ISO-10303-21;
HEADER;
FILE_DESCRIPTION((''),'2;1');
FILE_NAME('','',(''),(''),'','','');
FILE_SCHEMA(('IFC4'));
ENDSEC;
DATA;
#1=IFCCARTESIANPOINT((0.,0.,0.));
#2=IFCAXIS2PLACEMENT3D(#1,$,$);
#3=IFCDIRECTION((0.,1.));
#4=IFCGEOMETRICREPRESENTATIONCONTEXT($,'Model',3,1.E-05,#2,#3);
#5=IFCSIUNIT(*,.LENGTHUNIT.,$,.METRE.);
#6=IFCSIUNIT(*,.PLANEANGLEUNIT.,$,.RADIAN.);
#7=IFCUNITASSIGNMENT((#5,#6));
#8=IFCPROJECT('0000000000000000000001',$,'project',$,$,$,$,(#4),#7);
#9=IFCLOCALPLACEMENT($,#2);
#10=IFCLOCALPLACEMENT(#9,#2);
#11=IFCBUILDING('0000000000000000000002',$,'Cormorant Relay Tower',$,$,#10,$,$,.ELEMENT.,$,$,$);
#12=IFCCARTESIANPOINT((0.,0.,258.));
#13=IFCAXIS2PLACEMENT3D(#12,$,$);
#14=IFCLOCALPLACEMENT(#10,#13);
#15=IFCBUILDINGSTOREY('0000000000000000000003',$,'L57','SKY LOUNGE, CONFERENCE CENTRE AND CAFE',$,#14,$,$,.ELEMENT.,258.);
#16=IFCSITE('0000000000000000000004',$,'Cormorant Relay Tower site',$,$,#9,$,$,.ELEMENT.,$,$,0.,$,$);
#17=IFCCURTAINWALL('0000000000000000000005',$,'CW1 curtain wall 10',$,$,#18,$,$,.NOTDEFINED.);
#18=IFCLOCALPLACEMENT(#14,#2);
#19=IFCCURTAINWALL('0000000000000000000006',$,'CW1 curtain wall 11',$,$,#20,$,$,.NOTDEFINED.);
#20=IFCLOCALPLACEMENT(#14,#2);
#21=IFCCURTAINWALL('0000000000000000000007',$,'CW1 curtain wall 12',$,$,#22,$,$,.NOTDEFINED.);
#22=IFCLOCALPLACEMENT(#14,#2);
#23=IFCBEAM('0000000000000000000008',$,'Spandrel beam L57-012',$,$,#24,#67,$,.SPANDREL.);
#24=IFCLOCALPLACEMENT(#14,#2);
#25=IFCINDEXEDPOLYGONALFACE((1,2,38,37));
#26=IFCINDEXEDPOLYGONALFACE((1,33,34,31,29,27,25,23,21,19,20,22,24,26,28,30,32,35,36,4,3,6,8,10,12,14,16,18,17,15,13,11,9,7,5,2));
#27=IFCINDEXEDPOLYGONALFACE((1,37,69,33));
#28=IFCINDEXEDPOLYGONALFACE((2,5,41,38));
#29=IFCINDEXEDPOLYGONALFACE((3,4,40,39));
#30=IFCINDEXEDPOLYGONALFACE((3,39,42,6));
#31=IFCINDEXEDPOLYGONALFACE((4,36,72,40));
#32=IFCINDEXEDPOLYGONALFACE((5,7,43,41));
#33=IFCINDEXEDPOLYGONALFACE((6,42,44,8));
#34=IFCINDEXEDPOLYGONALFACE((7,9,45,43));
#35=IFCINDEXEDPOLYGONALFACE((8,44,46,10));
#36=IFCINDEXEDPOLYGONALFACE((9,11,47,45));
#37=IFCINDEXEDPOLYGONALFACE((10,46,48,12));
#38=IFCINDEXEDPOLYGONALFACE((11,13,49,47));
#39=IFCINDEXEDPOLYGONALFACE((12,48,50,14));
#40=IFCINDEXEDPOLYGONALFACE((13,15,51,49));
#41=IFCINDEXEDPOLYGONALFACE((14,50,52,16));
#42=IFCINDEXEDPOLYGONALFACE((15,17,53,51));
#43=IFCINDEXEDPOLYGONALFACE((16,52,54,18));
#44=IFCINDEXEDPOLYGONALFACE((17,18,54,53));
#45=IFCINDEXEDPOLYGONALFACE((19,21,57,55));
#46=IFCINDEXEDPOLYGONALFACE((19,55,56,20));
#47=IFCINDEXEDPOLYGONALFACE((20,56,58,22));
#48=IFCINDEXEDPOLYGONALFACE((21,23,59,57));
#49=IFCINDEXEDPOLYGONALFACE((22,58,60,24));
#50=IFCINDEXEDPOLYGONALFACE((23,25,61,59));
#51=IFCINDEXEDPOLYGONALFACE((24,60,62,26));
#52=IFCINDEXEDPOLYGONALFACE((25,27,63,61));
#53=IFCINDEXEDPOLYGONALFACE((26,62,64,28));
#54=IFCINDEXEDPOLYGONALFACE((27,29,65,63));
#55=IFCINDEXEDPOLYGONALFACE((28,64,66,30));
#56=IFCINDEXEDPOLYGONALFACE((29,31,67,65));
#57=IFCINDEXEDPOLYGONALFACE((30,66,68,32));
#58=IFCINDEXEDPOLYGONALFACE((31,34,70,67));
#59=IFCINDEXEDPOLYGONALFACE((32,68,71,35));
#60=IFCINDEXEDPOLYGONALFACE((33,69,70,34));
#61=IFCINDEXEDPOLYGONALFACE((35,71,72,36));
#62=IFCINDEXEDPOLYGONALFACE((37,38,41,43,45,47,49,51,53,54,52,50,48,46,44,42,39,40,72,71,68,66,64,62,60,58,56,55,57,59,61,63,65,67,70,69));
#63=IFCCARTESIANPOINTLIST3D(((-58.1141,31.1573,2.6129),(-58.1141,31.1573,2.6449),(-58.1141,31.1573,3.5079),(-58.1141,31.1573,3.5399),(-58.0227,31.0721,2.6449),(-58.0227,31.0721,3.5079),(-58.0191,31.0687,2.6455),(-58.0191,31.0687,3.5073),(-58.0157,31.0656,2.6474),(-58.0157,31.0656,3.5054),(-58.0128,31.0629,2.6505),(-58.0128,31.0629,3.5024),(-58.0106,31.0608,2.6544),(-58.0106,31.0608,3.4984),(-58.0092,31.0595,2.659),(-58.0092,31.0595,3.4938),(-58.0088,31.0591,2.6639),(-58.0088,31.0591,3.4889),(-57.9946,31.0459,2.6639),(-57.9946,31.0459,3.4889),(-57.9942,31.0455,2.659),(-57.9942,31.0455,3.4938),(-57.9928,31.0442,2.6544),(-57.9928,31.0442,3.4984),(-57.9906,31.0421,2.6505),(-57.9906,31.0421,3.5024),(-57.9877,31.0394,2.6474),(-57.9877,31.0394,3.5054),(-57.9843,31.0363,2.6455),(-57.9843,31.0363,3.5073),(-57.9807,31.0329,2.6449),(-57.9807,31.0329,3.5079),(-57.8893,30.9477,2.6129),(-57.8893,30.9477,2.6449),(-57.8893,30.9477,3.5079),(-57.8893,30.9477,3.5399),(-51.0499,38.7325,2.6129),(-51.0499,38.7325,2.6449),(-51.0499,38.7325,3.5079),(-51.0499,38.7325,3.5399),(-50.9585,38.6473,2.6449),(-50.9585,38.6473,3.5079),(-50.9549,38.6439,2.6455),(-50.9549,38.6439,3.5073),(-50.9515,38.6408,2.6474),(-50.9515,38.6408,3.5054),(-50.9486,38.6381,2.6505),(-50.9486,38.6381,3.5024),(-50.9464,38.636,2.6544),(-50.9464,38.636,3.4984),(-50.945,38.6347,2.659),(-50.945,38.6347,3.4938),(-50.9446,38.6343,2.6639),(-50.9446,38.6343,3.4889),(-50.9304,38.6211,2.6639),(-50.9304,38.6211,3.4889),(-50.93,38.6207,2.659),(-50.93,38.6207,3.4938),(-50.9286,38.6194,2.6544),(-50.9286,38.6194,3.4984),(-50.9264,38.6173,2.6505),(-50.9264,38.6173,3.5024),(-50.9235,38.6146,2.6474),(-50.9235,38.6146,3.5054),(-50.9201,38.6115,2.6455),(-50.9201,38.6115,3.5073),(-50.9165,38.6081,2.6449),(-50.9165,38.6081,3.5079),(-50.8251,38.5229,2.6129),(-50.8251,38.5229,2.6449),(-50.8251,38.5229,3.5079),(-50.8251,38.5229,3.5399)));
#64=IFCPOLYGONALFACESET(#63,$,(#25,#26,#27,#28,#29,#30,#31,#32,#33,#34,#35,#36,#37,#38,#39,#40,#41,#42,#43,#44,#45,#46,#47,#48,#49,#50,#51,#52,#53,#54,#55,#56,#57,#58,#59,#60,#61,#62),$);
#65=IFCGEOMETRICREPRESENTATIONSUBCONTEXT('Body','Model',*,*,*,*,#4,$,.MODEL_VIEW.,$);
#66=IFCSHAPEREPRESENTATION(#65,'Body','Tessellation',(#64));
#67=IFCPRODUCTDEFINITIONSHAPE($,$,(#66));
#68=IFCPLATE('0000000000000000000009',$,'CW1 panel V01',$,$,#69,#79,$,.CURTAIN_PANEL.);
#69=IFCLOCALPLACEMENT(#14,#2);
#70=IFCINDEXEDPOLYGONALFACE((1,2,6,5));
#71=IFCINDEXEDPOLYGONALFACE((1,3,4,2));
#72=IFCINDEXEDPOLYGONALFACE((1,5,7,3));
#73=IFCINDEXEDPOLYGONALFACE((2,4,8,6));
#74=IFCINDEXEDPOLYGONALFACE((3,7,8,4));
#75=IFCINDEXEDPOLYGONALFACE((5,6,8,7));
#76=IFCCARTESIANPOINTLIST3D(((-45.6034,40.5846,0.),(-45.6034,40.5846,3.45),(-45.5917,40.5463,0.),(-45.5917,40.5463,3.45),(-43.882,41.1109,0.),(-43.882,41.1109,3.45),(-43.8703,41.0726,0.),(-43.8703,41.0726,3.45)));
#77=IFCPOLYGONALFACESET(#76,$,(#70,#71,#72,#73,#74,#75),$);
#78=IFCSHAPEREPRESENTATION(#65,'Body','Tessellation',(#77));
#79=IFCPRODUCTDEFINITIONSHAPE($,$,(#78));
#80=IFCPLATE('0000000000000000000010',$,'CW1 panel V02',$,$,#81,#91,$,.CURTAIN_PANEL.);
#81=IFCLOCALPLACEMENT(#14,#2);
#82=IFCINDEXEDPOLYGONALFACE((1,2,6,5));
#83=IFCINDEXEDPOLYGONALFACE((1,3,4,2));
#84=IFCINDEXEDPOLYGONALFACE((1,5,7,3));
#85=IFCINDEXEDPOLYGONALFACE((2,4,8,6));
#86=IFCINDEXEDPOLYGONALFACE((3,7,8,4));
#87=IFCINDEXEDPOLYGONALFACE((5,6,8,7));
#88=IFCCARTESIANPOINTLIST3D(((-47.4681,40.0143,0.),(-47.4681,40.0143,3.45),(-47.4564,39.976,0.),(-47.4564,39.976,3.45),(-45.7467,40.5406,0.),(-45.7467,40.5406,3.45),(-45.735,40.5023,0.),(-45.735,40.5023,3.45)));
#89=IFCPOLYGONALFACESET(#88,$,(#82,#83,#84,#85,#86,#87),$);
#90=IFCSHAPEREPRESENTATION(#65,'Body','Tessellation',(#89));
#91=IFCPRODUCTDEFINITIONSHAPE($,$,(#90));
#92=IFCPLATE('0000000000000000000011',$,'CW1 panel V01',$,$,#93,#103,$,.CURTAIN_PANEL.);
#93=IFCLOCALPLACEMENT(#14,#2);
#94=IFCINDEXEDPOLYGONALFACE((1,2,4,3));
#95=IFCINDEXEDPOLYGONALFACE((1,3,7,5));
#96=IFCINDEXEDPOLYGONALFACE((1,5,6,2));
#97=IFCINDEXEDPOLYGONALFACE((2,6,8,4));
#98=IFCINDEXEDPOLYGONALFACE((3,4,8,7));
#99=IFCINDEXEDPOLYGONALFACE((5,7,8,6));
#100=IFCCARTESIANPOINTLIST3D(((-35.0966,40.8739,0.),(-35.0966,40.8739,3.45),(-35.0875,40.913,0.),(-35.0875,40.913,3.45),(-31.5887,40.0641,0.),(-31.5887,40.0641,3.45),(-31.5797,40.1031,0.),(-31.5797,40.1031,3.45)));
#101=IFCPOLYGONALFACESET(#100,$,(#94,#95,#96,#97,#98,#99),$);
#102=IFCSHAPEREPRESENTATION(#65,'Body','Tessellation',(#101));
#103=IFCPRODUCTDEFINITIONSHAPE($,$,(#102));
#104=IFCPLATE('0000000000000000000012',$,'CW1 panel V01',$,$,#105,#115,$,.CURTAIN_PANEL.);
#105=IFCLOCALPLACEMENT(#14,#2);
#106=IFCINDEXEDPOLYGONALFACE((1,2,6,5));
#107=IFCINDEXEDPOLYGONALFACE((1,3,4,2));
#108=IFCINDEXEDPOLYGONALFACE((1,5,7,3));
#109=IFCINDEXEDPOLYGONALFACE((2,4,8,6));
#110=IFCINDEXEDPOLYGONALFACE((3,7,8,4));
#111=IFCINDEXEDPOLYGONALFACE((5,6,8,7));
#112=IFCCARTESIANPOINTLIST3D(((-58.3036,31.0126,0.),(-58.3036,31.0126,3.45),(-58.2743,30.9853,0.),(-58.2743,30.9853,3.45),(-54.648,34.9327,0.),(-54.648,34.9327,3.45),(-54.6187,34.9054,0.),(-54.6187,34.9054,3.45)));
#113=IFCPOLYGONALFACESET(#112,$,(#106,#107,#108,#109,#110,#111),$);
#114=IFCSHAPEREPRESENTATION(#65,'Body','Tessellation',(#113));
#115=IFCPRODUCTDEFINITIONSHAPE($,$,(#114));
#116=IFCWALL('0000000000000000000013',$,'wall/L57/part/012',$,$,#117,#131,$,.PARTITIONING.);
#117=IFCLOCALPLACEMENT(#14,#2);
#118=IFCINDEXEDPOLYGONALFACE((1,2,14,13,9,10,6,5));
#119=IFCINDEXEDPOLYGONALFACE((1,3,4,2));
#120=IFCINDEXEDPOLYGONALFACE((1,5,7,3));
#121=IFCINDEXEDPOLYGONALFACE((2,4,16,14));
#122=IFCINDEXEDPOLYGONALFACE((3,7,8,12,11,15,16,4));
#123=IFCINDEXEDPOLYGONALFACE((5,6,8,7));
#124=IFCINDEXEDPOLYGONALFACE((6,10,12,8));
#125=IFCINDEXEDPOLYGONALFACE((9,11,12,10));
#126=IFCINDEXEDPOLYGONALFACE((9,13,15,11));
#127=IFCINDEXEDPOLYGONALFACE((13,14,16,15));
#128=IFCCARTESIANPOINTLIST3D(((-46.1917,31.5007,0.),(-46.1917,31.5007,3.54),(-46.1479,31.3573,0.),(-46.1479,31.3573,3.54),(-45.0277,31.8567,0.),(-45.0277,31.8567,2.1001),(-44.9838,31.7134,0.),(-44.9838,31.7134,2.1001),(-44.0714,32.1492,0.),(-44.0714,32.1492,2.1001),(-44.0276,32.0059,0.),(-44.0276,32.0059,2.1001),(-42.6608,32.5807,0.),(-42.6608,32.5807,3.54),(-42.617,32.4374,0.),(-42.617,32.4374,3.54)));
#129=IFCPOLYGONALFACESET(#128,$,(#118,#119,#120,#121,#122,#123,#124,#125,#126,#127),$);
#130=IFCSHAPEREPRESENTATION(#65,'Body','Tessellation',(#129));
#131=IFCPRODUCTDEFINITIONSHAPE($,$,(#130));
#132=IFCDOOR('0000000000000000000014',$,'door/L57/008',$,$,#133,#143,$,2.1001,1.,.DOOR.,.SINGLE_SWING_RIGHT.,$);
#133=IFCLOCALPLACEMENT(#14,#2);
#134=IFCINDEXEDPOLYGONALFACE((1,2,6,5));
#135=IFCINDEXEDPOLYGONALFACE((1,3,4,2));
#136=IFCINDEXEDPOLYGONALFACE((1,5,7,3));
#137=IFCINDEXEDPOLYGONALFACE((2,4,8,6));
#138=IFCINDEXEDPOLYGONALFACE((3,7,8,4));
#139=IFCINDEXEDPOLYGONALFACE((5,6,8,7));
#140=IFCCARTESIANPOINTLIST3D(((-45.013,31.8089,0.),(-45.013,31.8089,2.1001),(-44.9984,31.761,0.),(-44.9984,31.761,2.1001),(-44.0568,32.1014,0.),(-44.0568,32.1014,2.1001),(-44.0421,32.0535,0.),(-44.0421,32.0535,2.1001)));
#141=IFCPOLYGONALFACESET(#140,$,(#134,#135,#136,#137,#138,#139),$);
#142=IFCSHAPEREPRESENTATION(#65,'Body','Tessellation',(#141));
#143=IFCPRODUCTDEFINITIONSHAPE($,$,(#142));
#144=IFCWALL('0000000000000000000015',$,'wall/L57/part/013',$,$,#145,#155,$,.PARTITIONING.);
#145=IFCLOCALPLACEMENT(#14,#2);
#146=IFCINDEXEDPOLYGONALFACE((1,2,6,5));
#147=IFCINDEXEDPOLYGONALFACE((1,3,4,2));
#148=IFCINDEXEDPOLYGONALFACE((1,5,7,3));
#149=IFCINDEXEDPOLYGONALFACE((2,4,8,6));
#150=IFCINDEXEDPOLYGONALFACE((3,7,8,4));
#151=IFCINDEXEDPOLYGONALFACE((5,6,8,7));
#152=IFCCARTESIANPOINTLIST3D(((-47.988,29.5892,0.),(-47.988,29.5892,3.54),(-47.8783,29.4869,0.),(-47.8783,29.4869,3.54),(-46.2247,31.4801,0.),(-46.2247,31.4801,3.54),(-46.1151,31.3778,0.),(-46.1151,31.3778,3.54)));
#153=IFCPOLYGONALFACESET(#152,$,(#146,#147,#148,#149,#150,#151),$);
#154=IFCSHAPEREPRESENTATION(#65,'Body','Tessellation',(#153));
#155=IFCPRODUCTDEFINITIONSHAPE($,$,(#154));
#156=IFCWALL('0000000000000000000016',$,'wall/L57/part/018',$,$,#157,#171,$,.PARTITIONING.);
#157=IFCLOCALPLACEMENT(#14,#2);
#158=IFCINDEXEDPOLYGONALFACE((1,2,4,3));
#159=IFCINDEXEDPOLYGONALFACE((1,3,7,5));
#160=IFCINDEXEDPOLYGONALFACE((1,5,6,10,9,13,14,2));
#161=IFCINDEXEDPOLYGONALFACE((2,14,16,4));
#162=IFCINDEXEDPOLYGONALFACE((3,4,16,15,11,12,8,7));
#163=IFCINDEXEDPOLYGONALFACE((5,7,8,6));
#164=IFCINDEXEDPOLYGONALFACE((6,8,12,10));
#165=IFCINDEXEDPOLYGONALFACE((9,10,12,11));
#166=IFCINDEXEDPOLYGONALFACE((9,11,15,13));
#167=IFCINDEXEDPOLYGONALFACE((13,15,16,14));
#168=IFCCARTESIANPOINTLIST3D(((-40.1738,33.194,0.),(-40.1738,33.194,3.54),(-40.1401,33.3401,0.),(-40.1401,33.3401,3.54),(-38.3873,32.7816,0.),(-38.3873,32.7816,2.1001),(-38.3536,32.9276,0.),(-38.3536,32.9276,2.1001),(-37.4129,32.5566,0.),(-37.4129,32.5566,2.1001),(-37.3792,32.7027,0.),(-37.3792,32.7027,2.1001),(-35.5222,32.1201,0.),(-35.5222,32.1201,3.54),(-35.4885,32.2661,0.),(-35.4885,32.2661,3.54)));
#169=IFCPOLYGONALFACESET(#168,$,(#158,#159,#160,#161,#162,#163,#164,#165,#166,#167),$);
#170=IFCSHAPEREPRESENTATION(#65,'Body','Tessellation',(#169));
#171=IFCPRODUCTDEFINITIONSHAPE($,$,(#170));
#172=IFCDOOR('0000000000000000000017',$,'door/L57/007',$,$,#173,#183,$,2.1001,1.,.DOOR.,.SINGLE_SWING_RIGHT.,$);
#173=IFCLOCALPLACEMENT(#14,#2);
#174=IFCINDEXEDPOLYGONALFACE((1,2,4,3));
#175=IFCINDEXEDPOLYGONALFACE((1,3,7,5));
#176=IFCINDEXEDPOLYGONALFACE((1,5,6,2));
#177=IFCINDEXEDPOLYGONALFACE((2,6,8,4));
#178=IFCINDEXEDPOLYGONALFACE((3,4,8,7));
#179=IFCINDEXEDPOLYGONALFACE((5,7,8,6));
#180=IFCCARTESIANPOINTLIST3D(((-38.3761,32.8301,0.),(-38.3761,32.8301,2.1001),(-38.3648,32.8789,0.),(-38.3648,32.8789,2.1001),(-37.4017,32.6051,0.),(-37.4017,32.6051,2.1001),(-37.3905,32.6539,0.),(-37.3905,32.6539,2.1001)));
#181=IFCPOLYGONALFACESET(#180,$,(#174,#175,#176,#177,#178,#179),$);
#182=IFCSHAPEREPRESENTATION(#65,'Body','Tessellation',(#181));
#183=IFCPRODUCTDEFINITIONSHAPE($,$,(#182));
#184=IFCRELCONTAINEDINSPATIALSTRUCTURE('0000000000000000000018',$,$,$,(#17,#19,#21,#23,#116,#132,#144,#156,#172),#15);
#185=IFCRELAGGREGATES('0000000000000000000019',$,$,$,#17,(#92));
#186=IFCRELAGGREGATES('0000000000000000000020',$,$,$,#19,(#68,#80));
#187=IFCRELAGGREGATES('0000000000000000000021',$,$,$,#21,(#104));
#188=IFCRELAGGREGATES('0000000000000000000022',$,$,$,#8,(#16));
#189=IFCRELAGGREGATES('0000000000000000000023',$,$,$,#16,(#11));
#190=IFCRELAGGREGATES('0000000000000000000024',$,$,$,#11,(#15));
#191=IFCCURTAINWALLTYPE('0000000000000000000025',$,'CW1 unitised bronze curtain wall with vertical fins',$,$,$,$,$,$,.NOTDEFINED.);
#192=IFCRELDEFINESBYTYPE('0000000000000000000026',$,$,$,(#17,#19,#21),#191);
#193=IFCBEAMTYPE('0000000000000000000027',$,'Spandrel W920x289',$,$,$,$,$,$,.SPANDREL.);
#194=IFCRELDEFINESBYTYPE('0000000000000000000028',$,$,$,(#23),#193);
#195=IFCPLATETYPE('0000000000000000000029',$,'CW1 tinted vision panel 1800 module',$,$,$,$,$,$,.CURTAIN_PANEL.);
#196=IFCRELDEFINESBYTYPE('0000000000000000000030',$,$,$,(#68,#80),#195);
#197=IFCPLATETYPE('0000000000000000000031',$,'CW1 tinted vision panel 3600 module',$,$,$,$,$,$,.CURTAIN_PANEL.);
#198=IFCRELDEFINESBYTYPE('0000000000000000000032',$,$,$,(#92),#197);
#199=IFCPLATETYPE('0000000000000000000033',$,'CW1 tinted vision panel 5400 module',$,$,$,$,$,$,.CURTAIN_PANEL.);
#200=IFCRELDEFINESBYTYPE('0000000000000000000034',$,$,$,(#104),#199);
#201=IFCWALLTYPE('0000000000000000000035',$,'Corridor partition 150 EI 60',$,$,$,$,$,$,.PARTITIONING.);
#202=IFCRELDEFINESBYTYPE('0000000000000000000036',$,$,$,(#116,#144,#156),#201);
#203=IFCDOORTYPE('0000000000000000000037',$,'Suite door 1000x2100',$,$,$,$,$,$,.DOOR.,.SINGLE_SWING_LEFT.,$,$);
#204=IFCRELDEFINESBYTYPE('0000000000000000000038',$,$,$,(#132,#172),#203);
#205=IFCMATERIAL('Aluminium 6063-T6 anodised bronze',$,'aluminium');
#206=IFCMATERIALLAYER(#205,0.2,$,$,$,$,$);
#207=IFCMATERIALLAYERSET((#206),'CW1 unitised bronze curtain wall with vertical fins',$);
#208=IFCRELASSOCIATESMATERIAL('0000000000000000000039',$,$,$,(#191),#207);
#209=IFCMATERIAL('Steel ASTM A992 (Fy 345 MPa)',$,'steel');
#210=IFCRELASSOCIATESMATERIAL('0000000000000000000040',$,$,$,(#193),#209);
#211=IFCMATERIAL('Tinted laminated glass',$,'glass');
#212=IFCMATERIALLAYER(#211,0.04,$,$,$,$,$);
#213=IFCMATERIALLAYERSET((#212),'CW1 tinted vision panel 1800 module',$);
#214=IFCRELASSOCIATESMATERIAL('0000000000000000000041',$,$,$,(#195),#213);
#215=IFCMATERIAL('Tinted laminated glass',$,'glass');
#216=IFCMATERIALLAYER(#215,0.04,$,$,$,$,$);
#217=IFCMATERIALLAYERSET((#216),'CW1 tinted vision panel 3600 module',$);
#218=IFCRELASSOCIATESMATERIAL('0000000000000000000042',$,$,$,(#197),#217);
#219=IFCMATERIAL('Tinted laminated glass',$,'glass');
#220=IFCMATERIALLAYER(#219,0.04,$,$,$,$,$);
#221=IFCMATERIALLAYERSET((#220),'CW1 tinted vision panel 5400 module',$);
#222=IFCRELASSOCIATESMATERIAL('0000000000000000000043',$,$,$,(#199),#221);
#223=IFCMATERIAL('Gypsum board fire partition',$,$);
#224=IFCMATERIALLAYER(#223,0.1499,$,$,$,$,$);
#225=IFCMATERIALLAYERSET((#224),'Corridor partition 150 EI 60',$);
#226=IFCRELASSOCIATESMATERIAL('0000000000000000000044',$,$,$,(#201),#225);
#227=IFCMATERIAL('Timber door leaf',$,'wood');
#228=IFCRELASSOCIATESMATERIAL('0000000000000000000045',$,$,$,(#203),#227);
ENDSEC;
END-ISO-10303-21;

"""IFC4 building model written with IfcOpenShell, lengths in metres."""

from ifc_helpers import new_model, si_unit, direction, frame, frame_2d, origin, origin_2d, place, context, subcontext, project, spatial, rectangle, i_section, extrude, material, layer, layer_set, material_profile, profile_set, type_object, element, fill, aggregate, save


model = new_model("IFC4")

# Units and contexts
model_context = context("Model", 3, precision=1e-05, world=origin(), true_north=direction((0.0, 1.0)))
body_context = subcontext(model_context, "Body", "Model", "MODEL_VIEW")
ifc_project = project(units=[si_unit("LENGTHUNIT", "METRE"), si_unit("PLANEANGLEUNIT", "RADIAN")], contexts=[model_context])

# Site, building, storey
site_placement = place(None, origin())
site = spatial("IfcSite", under=ifc_project, at=site_placement, Name="Cormorant Relay Tower site", CompositionType="ELEMENT", RefElevation=0.0)
building_placement = place(site_placement, origin())
building = spatial("IfcBuilding", under=site, at=building_placement, Name="Cormorant Relay Tower", CompositionType="ELEMENT")
storey_placement = place(building_placement, frame((0.0, 0.0, 258.0)))
storey = spatial("IfcBuildingStorey", under=building, at=storey_placement, Name="L57", Description="SKY LOUNGE, CONFERENCE CENTRE AND CAFE", CompositionType="ELEMENT", Elevation=258.0)

# Curtain wall
ifc_material_1 = material(Name="Aluminium 6063-T6 anodised bronze", Category="aluminium")
ifc_layer_1 = layer(ifc_material_1, 0.2)
ifc_layer_set_1 = layer_set([ifc_layer_1], Name="CW1 unitised bronze curtain wall with vertical fins")
curtain_wall_type = type_object("IfcCurtainWallType", Name="CW1 unitised bronze curtain wall with vertical fins", PredefinedType="NOTDEFINED", material=ifc_layer_set_1)
curtain_wall_1_placement = place(storey_placement, origin())
curtain_wall_1 = element("IfcCurtainWall", 1, at=curtain_wall_1_placement, inside=storey, type_object=curtain_wall_type, Name="CW1 curtain wall 10", PredefinedType="NOTDEFINED")

# Curtain walls
curtain_wall_2_placement = place(storey_placement, origin())
curtain_wall_2 = element("IfcCurtainWall", 2, at=curtain_wall_2_placement, inside=storey, type_object=curtain_wall_type, Name="CW1 curtain wall 11", PredefinedType="NOTDEFINED")
curtain_wall_3_placement = place(storey_placement, origin())
curtain_wall_3 = element("IfcCurtainWall", 3, at=curtain_wall_3_placement, inside=storey, type_object=curtain_wall_type, Name="CW1 curtain wall 12", PredefinedType="NOTDEFINED")

# Beam
ifc_material_2 = material(Name="Steel ASTM A992 (Fy 345 MPa)", Category="steel")
ifc_material_profile_1 = material_profile(ifc_material_2, i_section(OverallWidth=0.3074, OverallDepth=0.927, WebThickness=0.0193, FlangeThickness=0.032, FilletRadius=0.019, at=origin_2d()), Name="W920x289")
ifc_profile_set_1 = profile_set([ifc_material_profile_1], Name="Steel ASTM A992 (Fy 345 MPa)")
beam_type = type_object("IfcBeamType", Name="Spandrel W920x289", PredefinedType="SPANDREL", material=ifc_profile_set_1)
beam_1_placement = place(storey_placement, frame((-50.9375, 38.6277, 3.0764), z_axis=(-0.68201, -0.731343, 0.0), x_axis=(0.731343, -0.68201, 0.0)))
element("IfcBeam", 4, at=beam_1_placement, inside=storey, type_object=beam_type, Name="Spandrel beam L57-012", PredefinedType="SPANDREL", context=body_context, shape_type="SweptSolid", body=[
    extrude(i_section(OverallWidth=0.3074, OverallDepth=0.927, WebThickness=0.0193, FlangeThickness=0.032, FilletRadius=0.019, at=origin_2d()), origin(), (0.0, 0.0, 1.0), 10.3579),
])

# Plates
ifc_material_3 = material(Name="Tinted laminated glass", Category="glass")
ifc_layer_2 = layer(ifc_material_3, 0.04)
ifc_layer_set_2 = layer_set([ifc_layer_2], Name="CW1 tinted vision panel 1800 module")
plate_type_1 = type_object("IfcPlateType", Name="CW1 tinted vision panel 1800 module", PredefinedType="CURTAIN_PANEL", material=ifc_layer_set_2)
plate_1_placement = place(storey_placement, frame((-44.7368, 40.8286, 0.0), z_axis=(0.0, 0.0, 1.0), x_axis=(-0.956305, -0.292372, 0.0)))
plate_1 = element("IfcPlate", 5, at=plate_1_placement, type_object=plate_type_1, Name="CW1 panel V01", PredefinedType="CURTAIN_PANEL", context=body_context, shape_type="SweptSolid", body=[
    extrude(rectangle(XDim=1.8, YDim=0.04, at=origin_2d()), origin(), (0.0, 0.0, 1.0), 3.45),
])
plate_2_placement = place(storey_placement, frame((-46.6016, 40.2583, 0.0), z_axis=(0.0, 0.0, 1.0), x_axis=(-0.956305, -0.292372, 0.0)))
plate_2 = element("IfcPlate", 6, at=plate_2_placement, type_object=plate_type_1, Name="CW1 panel V02", PredefinedType="CURTAIN_PANEL", context=body_context, shape_type="SweptSolid", body=[
    extrude(rectangle(XDim=1.8, YDim=0.04, at=origin_2d()), origin(), (0.0, 0.0, 1.0), 3.45),
])
ifc_material_4 = material(Name="Tinted laminated glass", Category="glass")
ifc_layer_3 = layer(ifc_material_4, 0.04)
ifc_layer_set_3 = layer_set([ifc_layer_3], Name="CW1 tinted vision panel 3600 module")
plate_type_2 = type_object("IfcPlateType", Name="CW1 tinted vision panel 3600 module", PredefinedType="CURTAIN_PANEL", material=ifc_layer_set_3)
plate_3_placement = place(storey_placement, frame((-33.3381, 40.4885, 0.0), z_axis=(0.0, 0.0, 1.0), x_axis=(-0.97437, 0.224951, 0.0)))
plate_3 = element("IfcPlate", 7, at=plate_3_placement, type_object=plate_type_2, Name="CW1 panel V01", PredefinedType="CURTAIN_PANEL", context=body_context, shape_type="SweptSolid", body=[
    extrude(rectangle(XDim=3.6001, YDim=0.04, at=origin_2d()), origin(), (0.0, 0.0, 1.0), 3.45),
])
ifc_material_5 = material(Name="Tinted laminated glass", Category="glass")
ifc_layer_4 = layer(ifc_material_5, 0.04)
ifc_layer_set_4 = layer_set([ifc_layer_4], Name="CW1 tinted vision panel 5400 module")
plate_type_3 = type_object("IfcPlateType", Name="CW1 tinted vision panel 5400 module", PredefinedType="CURTAIN_PANEL", material=ifc_layer_set_4)
plate_4_placement = place(storey_placement, frame((-56.4612, 32.959, 0.0), z_axis=(0.0, 0.0, 1.0), x_axis=(-0.681998, -0.731354, 0.0)))
plate_4 = element("IfcPlate", 8, at=plate_4_placement, type_object=plate_type_3, Name="CW1 panel V01", PredefinedType="CURTAIN_PANEL", context=body_context, shape_type="SweptSolid", body=[
    extrude(rectangle(XDim=5.3601, YDim=0.04, at=origin_2d()), origin(), (0.0, 0.0, 1.0), 3.45),
])

# Wall, opening, door
ifc_material_6 = material(Name="Gypsum board fire partition")
ifc_layer_5 = layer(ifc_material_6, 0.1499)
ifc_layer_set_5 = layer_set([ifc_layer_5], Name="Corridor partition 150 EI 60")
wall_type_1 = type_object("IfcWallType", Name="Corridor partition 150 EI 60", PredefinedType="PARTITIONING", material=ifc_layer_set_5)
wall_1_placement = place(storey_placement, frame((-42.6389, 32.509, 0.0), z_axis=(0.0, 0.0, 1.0), x_axis=(-0.956264, -0.292506, 0.0)))
wall_1 = element("IfcWall", 9, at=wall_1_placement, inside=storey, type_object=wall_type_1, Name="wall/L57/part/012", PredefinedType="PARTITIONING", context=body_context, shape_type="SweptSolid", body=[
    extrude(rectangle(XDim=3.6924, YDim=0.1499, at=frame_2d((1.8462, 0.0))), origin(), (0.0, 0.0, 1.0), 3.54),
])
opening_1_placement = place(wall_1_placement, frame((1.4751, 0.0, 0.0)))
opening_1 = element("IfcOpeningElement", 10, at=opening_1_placement, cuts=wall_1, PredefinedType="OPENING", context=body_context, shape_type="SweptSolid", body=[
    extrude(rectangle(XDim=1.0, YDim=2.1001, at=frame_2d((0.5, 1.05))), frame((0.0, 0.085, 0.0), z_axis=(0.0, -1.0, 0.0), x_axis=(1.0, 0.0, 0.0)), (0.0, 0.0, 1.0), 0.1699),
])
ifc_material_7 = material(Name="Timber door leaf", Category="wood")
door_type = type_object("IfcDoorType", Name="Suite door 1000x2100", OperationType="SINGLE_SWING_LEFT", PredefinedType="DOOR", material=ifc_material_7)
door_1_placement = place(opening_1_placement, frame((1.0, 0.0, 0.0), z_axis=(0.0, 0.0, 1.0), x_axis=(-1.0, 0.0, 0.0)))
door_1 = element("IfcDoor", 11, at=door_1_placement, inside=storey, type_object=door_type, Name="door/L57/008", OperationType="SINGLE_SWING_RIGHT", OverallHeight=2.1001, OverallWidth=1.0, PredefinedType="DOOR", context=body_context, shape_type="SweptSolid", body=[
    extrude(rectangle(XDim=1.0, YDim=2.1001, at=frame_2d((0.5, 1.05))), frame((0.0, 0.0249, 0.0), z_axis=(0.0, -1.0, 0.0), x_axis=(1.0, 0.0, 0.0)), (0.0, 0.0, 1.0), 0.05),
])
fill(opening_1, door_1)

# Wall
wall_2_placement = place(storey_placement, frame((-46.1699, 31.429, 0.0), z_axis=(0.0, 0.0, 1.0), x_axis=(-0.681982, -0.731369, 0.0)))
element("IfcWall", 12, at=wall_2_placement, inside=storey, type_object=wall_type_1, Name="wall/L57/part/013", PredefinedType="PARTITIONING", context=body_context, shape_type="SweptSolid", body=[
    extrude(rectangle(XDim=2.5854, YDim=0.1499, at=frame_2d((1.2927, 0.0))), origin(), (0.0, 0.0, 1.0), 3.54),
])

# Wall, opening, door
wall_3_placement = place(storey_placement, frame((-35.5054, 32.1931, 0.0), z_axis=(0.0, 0.0, 1.0), x_axis=(-0.974367, 0.224964, 0.0)))
wall_3 = element("IfcWall", 13, at=wall_3_placement, inside=storey, type_object=wall_type_1, Name="wall/L57/part/018", PredefinedType="PARTITIONING", context=body_context, shape_type="SweptSolid", body=[
    extrude(rectangle(XDim=4.7739, YDim=0.1499, at=frame_2d((2.387, 0.0))), origin(), (0.0, 0.0, 1.0), 3.54),
])
opening_2_placement = place(wall_3_placement, frame((1.9404, 0.0, 0.0)))
opening_2 = element("IfcOpeningElement", 14, at=opening_2_placement, cuts=wall_3, PredefinedType="OPENING", context=body_context, shape_type="SweptSolid", body=[
    extrude(rectangle(XDim=1.0, YDim=2.1001, at=frame_2d((0.5, 1.05))), frame((0.0, 0.085, 0.0), z_axis=(0.0, -1.0, 0.0), x_axis=(1.0, 0.0, 0.0)), (0.0, 0.0, 1.0), 0.1699),
])
door_2_placement = place(opening_2_placement, frame((1.0, 0.0, 0.0), z_axis=(0.0, 0.0, 1.0), x_axis=(-1.0, 0.0, 0.0)))
door_2 = element("IfcDoor", 15, at=door_2_placement, inside=storey, type_object=door_type, Name="door/L57/007", OperationType="SINGLE_SWING_RIGHT", OverallHeight=2.1001, OverallWidth=1.0, PredefinedType="DOOR", context=body_context, shape_type="SweptSolid", body=[
    extrude(rectangle(XDim=1.0, YDim=2.1001, at=frame_2d((0.5, 1.05))), frame((0.0, 0.0249, 0.0), z_axis=(0.0, -1.0, 0.0), x_axis=(1.0, 0.0, 0.0)), (0.0, 0.0, 1.0), 0.05),
])
fill(opening_2, door_2)

aggregate(curtain_wall_1, [plate_3])
aggregate(curtain_wall_2, [plate_1, plate_2])
aggregate(curtain_wall_3, [plate_4])

save(model, "model.ifc")
